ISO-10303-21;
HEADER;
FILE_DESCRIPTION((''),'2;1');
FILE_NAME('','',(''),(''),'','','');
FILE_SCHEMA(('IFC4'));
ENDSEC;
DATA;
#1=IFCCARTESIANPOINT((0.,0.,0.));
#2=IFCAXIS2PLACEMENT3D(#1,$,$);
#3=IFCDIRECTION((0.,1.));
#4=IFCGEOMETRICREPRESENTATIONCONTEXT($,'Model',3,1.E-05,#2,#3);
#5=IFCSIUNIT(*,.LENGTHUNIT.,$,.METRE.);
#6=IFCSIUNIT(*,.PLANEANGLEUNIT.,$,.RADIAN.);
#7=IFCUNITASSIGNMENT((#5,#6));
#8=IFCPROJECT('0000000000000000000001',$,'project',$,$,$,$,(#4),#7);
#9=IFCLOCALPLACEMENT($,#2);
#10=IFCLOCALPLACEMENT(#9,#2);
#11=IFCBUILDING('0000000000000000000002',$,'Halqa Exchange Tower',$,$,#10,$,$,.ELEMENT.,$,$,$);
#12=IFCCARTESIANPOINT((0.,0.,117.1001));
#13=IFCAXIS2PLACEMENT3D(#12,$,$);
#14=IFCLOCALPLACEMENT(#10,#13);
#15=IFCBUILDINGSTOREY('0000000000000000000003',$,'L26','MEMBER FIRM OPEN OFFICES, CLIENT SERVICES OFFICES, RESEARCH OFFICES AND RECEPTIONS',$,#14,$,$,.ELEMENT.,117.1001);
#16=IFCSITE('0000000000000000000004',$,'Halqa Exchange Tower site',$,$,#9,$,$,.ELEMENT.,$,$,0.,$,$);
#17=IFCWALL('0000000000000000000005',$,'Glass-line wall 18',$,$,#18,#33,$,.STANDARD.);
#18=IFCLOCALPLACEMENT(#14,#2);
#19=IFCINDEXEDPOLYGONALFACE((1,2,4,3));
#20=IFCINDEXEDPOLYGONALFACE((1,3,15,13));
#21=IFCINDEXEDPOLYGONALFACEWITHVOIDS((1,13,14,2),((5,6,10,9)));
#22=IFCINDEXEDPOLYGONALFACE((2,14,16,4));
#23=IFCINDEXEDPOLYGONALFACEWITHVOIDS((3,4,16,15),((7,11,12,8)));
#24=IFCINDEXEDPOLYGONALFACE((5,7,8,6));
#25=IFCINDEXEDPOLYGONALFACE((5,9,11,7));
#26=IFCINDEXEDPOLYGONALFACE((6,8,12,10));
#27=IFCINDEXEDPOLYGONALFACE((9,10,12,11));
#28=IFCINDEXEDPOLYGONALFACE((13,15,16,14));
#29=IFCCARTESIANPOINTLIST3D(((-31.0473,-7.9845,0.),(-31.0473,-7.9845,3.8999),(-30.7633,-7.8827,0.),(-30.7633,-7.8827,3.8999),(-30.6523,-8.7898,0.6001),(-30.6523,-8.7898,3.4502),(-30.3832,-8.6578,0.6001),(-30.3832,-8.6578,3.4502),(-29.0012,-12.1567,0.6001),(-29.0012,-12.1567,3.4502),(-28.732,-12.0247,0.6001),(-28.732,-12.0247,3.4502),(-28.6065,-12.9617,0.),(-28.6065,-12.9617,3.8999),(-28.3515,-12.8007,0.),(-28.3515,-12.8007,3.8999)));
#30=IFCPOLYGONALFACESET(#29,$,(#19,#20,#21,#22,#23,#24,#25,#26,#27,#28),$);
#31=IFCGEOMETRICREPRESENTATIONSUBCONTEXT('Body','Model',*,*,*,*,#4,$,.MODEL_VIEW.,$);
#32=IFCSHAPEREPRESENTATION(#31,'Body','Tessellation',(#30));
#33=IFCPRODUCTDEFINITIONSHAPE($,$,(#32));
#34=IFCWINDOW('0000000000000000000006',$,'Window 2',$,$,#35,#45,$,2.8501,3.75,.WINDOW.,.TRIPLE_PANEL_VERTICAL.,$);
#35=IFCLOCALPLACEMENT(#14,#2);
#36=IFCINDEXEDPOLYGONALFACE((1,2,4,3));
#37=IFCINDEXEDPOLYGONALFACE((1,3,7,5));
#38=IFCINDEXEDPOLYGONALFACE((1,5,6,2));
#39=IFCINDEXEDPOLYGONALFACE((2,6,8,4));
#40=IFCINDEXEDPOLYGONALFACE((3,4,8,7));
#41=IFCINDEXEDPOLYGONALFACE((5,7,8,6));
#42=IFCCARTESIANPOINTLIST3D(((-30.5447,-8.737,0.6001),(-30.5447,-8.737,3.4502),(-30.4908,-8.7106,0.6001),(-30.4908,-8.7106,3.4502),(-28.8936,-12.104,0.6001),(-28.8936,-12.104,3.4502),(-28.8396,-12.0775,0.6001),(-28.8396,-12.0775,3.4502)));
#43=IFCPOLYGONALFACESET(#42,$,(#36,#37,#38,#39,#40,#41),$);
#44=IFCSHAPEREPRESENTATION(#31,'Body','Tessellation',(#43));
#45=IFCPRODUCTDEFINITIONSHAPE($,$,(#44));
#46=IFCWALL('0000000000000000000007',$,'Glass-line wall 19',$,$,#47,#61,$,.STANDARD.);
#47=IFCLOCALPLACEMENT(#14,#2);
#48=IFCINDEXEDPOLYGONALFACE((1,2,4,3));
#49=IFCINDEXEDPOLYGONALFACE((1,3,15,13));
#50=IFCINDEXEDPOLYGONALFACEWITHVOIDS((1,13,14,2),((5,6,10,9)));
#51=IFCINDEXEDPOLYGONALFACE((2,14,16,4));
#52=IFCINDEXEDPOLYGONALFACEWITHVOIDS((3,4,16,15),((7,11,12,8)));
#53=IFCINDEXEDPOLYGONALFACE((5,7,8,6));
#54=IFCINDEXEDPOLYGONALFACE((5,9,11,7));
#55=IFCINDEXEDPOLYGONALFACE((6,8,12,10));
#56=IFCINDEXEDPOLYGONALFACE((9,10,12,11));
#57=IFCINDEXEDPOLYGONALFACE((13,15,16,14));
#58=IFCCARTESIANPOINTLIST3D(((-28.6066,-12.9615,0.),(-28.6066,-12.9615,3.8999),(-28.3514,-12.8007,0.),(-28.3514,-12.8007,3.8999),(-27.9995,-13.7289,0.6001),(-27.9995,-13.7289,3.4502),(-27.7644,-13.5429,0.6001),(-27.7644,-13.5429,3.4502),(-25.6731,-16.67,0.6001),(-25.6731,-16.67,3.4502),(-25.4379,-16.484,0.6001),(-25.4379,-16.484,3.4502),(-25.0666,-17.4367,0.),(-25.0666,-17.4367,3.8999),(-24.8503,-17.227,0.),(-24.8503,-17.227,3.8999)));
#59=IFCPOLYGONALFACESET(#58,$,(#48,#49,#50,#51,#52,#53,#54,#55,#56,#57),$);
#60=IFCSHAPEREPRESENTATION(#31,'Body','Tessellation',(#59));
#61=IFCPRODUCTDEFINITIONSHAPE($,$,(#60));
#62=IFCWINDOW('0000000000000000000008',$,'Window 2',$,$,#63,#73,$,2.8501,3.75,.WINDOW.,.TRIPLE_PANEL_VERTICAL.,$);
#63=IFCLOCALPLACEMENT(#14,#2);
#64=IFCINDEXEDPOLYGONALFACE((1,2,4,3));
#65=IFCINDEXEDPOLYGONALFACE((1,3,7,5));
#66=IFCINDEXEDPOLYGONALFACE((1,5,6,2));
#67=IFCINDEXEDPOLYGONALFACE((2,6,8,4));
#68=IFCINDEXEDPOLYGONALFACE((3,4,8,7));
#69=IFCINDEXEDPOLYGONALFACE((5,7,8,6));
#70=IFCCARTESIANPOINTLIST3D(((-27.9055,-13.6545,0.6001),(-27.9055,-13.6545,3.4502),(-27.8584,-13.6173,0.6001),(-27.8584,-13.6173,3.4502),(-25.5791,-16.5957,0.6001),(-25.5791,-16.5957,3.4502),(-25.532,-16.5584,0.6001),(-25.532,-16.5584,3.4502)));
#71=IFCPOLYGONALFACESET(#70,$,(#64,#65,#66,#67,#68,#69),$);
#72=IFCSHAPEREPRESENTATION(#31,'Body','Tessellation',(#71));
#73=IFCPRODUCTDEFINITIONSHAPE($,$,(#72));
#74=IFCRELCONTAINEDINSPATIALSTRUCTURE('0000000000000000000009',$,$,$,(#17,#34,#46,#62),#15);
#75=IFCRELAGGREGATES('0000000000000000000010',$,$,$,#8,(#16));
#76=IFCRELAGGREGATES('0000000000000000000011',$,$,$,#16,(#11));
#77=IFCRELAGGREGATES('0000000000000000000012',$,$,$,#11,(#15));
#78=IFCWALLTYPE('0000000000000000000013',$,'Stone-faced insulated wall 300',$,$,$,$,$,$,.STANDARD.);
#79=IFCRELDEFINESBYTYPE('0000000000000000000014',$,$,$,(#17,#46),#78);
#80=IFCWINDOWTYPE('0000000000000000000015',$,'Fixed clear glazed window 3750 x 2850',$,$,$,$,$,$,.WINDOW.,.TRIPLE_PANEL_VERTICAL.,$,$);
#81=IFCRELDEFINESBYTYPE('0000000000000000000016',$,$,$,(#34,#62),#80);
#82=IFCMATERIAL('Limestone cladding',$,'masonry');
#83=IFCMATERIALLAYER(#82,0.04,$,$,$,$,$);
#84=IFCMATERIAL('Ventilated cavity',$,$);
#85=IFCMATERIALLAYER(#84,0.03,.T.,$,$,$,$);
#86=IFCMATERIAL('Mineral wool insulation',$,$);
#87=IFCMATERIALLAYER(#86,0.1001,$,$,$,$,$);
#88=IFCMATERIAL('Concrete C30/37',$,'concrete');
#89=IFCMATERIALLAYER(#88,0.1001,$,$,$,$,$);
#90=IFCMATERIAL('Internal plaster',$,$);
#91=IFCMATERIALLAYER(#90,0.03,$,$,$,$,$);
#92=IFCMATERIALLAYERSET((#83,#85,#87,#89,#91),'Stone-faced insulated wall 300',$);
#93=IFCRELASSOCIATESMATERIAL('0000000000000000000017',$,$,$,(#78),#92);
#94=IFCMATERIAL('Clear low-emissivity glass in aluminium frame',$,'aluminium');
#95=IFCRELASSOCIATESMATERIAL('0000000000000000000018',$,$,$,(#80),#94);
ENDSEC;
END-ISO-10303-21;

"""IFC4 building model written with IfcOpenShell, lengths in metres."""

from ifc_helpers import new_model, si_unit, direction, frame, frame_2d, origin, place, context, subcontext, project, spatial, polyline, rectangle, outline, extrude, material, layer, layer_set, type_object, element, fill, save


model = new_model("IFC4")

# Units and contexts
model_context = context("Model", 3, precision=1e-05, world=origin(), true_north=direction((0.0, 1.0)))
body_context = subcontext(model_context, "Body", "Model", "MODEL_VIEW")
ifc_project = project(units=[si_unit("LENGTHUNIT", "METRE"), si_unit("PLANEANGLEUNIT", "RADIAN")], contexts=[model_context])

# Site, building, storey
site_placement = place(None, origin())
site = spatial("IfcSite", under=ifc_project, at=site_placement, Name="Halqa Exchange Tower site", CompositionType="ELEMENT", RefElevation=0.0)
building_placement = place(site_placement, origin())
building = spatial("IfcBuilding", under=site, at=building_placement, Name="Halqa Exchange Tower", CompositionType="ELEMENT")
storey_placement = place(building_placement, frame((0.0, 0.0, 117.1001)))
storey = spatial("IfcBuildingStorey", under=building, at=storey_placement, Name="L26", Description="MEMBER FIRM OPEN OFFICES, CLIENT SERVICES OFFICES, RESEARCH OFFICES AND RECEPTIONS", CompositionType="ELEMENT", Elevation=117.1001)

# Walls, openings, windows
ifc_material_1 = material(Name="Limestone cladding", Category="masonry")
ifc_layer_1 = layer(ifc_material_1, 0.04)
ifc_material_2 = material(Name="Ventilated cavity")
ifc_layer_2 = layer(ifc_material_2, 0.03, ventilated=True)
ifc_material_3 = material(Name="Mineral wool insulation")
ifc_layer_3 = layer(ifc_material_3, 0.1001)
ifc_material_4 = material(Name="Concrete C30/37", Category="concrete")
ifc_layer_4 = layer(ifc_material_4, 0.1001)
ifc_material_5 = material(Name="Internal plaster")
ifc_layer_5 = layer(ifc_material_5, 0.03)
ifc_layer_set_1 = layer_set([ifc_layer_1, ifc_layer_2, ifc_layer_3, ifc_layer_4, ifc_layer_5], Name="Stone-faced insulated wall 300")
wall_type_1 = type_object("IfcWallType", Name="Stone-faced insulated wall 300", PredefinedType="STANDARD", material=ifc_layer_set_1)
ifc_material_6 = material(Name="Clear low-emissivity glass in aluminium frame", Category="aluminium")
window_type = type_object("IfcWindowType", Name="Fixed clear glazed window 3750 x 2850", PartitioningType="TRIPLE_PANEL_VERTICAL", PredefinedType="WINDOW", material=ifc_material_6)
wall_1_placement = place(storey_placement, frame((-30.9053, -7.9336, 0.0), z_axis=(0.0, 0.0, 1.0), x_axis=(0.440306, -0.897848, 0.0)))
wall_1 = element("IfcWall", 1, at=wall_1_placement, inside=storey, type_object=wall_type_1, Name="Glass-line wall 18", PredefinedType="STANDARD", context=body_context, shape_type="SweptSolid", body=[
    extrude(outline(polyline([(-0.0168, -0.1499), (5.5266, -0.1499), (5.4944, 0.1499), (0.0168, 0.1499), (-0.0168, -0.1499)])), origin(), (0.0, 0.0, 1.0), 3.8999),
])
opening_1_placement = place(wall_1_placement, frame((0.8801, 0.0, 0.6001)))
opening_1 = element("IfcOpeningElement", 2, at=opening_1_placement, cuts=wall_1, PredefinedType="OPENING", context=body_context, shape_type="SweptSolid", body=[
    extrude(rectangle(XDim=3.75, YDim=2.8501, at=frame_2d((1.875, 1.425))), frame((0.0, 0.1621, 0.0), z_axis=(0.0, -1.0, 0.0), x_axis=(1.0, 0.0, 0.0)), (0.0, 0.0, 1.0), 0.324),
])
window_1_placement = place(opening_1_placement, origin())
window_1 = element("IfcWindow", 3, at=window_1_placement, inside=storey, type_object=window_type, Name="Window 2", OverallHeight=2.8501, OverallWidth=3.75, PartitioningType="TRIPLE_PANEL_VERTICAL", PredefinedType="WINDOW", context=body_context, shape_type="SweptSolid", body=[
    extrude(rectangle(XDim=3.75, YDim=2.8501, at=frame_2d((1.875, 1.425))), frame((0.0, 0.03, 0.0), z_axis=(0.0, -1.0, 0.0), x_axis=(1.0, 0.0, 0.0)), (0.0, 0.0, 1.0), 0.0601),
])
fill(opening_1, window_1)
wall_2_placement = place(storey_placement, frame((-28.479, -12.8811, 0.0), z_axis=(0.0, 0.0, 1.0), x_axis=(0.620383, -0.784299, 0.0)))
wall_2 = element("IfcWall", 4, at=wall_2_placement, inside=storey, type_object=wall_type_1, Name="Glass-line wall 19", PredefinedType="STANDARD", context=body_context, shape_type="SweptSolid", body=[
    extrude(outline(polyline([(-0.0161, -0.1499), (5.6899, -0.1499), (5.6597, 0.1499), (0.0161, 0.1499), (-0.0161, -0.1499)])), origin(), (0.0, 0.0, 1.0), 3.8999),
])
opening_2_placement = place(wall_2_placement, frame((0.9624, 0.0, 0.6001)))
opening_2 = element("IfcOpeningElement", 5, at=opening_2_placement, cuts=wall_2, PredefinedType="OPENING", context=body_context, shape_type="SweptSolid", body=[
    extrude(rectangle(XDim=3.75, YDim=2.8501, at=frame_2d((1.875, 1.425))), frame((0.0, 0.1621, 0.0), z_axis=(0.0, -1.0, 0.0), x_axis=(1.0, 0.0, 0.0)), (0.0, 0.0, 1.0), 0.324),
])
window_2_placement = place(opening_2_placement, origin())
window_2 = element("IfcWindow", 6, at=window_2_placement, inside=storey, type_object=window_type, Name="Window 2", OverallHeight=2.8501, OverallWidth=3.75, PartitioningType="TRIPLE_PANEL_VERTICAL", PredefinedType="WINDOW", context=body_context, shape_type="SweptSolid", body=[
    extrude(rectangle(XDim=3.75, YDim=2.8501, at=frame_2d((1.875, 1.425))), frame((0.0, 0.03, 0.0), z_axis=(0.0, -1.0, 0.0), x_axis=(1.0, 0.0, 0.0)), (0.0, 0.0, 1.0), 0.0601),
])
fill(opening_2, window_2)

save(model, "model.ifc")
